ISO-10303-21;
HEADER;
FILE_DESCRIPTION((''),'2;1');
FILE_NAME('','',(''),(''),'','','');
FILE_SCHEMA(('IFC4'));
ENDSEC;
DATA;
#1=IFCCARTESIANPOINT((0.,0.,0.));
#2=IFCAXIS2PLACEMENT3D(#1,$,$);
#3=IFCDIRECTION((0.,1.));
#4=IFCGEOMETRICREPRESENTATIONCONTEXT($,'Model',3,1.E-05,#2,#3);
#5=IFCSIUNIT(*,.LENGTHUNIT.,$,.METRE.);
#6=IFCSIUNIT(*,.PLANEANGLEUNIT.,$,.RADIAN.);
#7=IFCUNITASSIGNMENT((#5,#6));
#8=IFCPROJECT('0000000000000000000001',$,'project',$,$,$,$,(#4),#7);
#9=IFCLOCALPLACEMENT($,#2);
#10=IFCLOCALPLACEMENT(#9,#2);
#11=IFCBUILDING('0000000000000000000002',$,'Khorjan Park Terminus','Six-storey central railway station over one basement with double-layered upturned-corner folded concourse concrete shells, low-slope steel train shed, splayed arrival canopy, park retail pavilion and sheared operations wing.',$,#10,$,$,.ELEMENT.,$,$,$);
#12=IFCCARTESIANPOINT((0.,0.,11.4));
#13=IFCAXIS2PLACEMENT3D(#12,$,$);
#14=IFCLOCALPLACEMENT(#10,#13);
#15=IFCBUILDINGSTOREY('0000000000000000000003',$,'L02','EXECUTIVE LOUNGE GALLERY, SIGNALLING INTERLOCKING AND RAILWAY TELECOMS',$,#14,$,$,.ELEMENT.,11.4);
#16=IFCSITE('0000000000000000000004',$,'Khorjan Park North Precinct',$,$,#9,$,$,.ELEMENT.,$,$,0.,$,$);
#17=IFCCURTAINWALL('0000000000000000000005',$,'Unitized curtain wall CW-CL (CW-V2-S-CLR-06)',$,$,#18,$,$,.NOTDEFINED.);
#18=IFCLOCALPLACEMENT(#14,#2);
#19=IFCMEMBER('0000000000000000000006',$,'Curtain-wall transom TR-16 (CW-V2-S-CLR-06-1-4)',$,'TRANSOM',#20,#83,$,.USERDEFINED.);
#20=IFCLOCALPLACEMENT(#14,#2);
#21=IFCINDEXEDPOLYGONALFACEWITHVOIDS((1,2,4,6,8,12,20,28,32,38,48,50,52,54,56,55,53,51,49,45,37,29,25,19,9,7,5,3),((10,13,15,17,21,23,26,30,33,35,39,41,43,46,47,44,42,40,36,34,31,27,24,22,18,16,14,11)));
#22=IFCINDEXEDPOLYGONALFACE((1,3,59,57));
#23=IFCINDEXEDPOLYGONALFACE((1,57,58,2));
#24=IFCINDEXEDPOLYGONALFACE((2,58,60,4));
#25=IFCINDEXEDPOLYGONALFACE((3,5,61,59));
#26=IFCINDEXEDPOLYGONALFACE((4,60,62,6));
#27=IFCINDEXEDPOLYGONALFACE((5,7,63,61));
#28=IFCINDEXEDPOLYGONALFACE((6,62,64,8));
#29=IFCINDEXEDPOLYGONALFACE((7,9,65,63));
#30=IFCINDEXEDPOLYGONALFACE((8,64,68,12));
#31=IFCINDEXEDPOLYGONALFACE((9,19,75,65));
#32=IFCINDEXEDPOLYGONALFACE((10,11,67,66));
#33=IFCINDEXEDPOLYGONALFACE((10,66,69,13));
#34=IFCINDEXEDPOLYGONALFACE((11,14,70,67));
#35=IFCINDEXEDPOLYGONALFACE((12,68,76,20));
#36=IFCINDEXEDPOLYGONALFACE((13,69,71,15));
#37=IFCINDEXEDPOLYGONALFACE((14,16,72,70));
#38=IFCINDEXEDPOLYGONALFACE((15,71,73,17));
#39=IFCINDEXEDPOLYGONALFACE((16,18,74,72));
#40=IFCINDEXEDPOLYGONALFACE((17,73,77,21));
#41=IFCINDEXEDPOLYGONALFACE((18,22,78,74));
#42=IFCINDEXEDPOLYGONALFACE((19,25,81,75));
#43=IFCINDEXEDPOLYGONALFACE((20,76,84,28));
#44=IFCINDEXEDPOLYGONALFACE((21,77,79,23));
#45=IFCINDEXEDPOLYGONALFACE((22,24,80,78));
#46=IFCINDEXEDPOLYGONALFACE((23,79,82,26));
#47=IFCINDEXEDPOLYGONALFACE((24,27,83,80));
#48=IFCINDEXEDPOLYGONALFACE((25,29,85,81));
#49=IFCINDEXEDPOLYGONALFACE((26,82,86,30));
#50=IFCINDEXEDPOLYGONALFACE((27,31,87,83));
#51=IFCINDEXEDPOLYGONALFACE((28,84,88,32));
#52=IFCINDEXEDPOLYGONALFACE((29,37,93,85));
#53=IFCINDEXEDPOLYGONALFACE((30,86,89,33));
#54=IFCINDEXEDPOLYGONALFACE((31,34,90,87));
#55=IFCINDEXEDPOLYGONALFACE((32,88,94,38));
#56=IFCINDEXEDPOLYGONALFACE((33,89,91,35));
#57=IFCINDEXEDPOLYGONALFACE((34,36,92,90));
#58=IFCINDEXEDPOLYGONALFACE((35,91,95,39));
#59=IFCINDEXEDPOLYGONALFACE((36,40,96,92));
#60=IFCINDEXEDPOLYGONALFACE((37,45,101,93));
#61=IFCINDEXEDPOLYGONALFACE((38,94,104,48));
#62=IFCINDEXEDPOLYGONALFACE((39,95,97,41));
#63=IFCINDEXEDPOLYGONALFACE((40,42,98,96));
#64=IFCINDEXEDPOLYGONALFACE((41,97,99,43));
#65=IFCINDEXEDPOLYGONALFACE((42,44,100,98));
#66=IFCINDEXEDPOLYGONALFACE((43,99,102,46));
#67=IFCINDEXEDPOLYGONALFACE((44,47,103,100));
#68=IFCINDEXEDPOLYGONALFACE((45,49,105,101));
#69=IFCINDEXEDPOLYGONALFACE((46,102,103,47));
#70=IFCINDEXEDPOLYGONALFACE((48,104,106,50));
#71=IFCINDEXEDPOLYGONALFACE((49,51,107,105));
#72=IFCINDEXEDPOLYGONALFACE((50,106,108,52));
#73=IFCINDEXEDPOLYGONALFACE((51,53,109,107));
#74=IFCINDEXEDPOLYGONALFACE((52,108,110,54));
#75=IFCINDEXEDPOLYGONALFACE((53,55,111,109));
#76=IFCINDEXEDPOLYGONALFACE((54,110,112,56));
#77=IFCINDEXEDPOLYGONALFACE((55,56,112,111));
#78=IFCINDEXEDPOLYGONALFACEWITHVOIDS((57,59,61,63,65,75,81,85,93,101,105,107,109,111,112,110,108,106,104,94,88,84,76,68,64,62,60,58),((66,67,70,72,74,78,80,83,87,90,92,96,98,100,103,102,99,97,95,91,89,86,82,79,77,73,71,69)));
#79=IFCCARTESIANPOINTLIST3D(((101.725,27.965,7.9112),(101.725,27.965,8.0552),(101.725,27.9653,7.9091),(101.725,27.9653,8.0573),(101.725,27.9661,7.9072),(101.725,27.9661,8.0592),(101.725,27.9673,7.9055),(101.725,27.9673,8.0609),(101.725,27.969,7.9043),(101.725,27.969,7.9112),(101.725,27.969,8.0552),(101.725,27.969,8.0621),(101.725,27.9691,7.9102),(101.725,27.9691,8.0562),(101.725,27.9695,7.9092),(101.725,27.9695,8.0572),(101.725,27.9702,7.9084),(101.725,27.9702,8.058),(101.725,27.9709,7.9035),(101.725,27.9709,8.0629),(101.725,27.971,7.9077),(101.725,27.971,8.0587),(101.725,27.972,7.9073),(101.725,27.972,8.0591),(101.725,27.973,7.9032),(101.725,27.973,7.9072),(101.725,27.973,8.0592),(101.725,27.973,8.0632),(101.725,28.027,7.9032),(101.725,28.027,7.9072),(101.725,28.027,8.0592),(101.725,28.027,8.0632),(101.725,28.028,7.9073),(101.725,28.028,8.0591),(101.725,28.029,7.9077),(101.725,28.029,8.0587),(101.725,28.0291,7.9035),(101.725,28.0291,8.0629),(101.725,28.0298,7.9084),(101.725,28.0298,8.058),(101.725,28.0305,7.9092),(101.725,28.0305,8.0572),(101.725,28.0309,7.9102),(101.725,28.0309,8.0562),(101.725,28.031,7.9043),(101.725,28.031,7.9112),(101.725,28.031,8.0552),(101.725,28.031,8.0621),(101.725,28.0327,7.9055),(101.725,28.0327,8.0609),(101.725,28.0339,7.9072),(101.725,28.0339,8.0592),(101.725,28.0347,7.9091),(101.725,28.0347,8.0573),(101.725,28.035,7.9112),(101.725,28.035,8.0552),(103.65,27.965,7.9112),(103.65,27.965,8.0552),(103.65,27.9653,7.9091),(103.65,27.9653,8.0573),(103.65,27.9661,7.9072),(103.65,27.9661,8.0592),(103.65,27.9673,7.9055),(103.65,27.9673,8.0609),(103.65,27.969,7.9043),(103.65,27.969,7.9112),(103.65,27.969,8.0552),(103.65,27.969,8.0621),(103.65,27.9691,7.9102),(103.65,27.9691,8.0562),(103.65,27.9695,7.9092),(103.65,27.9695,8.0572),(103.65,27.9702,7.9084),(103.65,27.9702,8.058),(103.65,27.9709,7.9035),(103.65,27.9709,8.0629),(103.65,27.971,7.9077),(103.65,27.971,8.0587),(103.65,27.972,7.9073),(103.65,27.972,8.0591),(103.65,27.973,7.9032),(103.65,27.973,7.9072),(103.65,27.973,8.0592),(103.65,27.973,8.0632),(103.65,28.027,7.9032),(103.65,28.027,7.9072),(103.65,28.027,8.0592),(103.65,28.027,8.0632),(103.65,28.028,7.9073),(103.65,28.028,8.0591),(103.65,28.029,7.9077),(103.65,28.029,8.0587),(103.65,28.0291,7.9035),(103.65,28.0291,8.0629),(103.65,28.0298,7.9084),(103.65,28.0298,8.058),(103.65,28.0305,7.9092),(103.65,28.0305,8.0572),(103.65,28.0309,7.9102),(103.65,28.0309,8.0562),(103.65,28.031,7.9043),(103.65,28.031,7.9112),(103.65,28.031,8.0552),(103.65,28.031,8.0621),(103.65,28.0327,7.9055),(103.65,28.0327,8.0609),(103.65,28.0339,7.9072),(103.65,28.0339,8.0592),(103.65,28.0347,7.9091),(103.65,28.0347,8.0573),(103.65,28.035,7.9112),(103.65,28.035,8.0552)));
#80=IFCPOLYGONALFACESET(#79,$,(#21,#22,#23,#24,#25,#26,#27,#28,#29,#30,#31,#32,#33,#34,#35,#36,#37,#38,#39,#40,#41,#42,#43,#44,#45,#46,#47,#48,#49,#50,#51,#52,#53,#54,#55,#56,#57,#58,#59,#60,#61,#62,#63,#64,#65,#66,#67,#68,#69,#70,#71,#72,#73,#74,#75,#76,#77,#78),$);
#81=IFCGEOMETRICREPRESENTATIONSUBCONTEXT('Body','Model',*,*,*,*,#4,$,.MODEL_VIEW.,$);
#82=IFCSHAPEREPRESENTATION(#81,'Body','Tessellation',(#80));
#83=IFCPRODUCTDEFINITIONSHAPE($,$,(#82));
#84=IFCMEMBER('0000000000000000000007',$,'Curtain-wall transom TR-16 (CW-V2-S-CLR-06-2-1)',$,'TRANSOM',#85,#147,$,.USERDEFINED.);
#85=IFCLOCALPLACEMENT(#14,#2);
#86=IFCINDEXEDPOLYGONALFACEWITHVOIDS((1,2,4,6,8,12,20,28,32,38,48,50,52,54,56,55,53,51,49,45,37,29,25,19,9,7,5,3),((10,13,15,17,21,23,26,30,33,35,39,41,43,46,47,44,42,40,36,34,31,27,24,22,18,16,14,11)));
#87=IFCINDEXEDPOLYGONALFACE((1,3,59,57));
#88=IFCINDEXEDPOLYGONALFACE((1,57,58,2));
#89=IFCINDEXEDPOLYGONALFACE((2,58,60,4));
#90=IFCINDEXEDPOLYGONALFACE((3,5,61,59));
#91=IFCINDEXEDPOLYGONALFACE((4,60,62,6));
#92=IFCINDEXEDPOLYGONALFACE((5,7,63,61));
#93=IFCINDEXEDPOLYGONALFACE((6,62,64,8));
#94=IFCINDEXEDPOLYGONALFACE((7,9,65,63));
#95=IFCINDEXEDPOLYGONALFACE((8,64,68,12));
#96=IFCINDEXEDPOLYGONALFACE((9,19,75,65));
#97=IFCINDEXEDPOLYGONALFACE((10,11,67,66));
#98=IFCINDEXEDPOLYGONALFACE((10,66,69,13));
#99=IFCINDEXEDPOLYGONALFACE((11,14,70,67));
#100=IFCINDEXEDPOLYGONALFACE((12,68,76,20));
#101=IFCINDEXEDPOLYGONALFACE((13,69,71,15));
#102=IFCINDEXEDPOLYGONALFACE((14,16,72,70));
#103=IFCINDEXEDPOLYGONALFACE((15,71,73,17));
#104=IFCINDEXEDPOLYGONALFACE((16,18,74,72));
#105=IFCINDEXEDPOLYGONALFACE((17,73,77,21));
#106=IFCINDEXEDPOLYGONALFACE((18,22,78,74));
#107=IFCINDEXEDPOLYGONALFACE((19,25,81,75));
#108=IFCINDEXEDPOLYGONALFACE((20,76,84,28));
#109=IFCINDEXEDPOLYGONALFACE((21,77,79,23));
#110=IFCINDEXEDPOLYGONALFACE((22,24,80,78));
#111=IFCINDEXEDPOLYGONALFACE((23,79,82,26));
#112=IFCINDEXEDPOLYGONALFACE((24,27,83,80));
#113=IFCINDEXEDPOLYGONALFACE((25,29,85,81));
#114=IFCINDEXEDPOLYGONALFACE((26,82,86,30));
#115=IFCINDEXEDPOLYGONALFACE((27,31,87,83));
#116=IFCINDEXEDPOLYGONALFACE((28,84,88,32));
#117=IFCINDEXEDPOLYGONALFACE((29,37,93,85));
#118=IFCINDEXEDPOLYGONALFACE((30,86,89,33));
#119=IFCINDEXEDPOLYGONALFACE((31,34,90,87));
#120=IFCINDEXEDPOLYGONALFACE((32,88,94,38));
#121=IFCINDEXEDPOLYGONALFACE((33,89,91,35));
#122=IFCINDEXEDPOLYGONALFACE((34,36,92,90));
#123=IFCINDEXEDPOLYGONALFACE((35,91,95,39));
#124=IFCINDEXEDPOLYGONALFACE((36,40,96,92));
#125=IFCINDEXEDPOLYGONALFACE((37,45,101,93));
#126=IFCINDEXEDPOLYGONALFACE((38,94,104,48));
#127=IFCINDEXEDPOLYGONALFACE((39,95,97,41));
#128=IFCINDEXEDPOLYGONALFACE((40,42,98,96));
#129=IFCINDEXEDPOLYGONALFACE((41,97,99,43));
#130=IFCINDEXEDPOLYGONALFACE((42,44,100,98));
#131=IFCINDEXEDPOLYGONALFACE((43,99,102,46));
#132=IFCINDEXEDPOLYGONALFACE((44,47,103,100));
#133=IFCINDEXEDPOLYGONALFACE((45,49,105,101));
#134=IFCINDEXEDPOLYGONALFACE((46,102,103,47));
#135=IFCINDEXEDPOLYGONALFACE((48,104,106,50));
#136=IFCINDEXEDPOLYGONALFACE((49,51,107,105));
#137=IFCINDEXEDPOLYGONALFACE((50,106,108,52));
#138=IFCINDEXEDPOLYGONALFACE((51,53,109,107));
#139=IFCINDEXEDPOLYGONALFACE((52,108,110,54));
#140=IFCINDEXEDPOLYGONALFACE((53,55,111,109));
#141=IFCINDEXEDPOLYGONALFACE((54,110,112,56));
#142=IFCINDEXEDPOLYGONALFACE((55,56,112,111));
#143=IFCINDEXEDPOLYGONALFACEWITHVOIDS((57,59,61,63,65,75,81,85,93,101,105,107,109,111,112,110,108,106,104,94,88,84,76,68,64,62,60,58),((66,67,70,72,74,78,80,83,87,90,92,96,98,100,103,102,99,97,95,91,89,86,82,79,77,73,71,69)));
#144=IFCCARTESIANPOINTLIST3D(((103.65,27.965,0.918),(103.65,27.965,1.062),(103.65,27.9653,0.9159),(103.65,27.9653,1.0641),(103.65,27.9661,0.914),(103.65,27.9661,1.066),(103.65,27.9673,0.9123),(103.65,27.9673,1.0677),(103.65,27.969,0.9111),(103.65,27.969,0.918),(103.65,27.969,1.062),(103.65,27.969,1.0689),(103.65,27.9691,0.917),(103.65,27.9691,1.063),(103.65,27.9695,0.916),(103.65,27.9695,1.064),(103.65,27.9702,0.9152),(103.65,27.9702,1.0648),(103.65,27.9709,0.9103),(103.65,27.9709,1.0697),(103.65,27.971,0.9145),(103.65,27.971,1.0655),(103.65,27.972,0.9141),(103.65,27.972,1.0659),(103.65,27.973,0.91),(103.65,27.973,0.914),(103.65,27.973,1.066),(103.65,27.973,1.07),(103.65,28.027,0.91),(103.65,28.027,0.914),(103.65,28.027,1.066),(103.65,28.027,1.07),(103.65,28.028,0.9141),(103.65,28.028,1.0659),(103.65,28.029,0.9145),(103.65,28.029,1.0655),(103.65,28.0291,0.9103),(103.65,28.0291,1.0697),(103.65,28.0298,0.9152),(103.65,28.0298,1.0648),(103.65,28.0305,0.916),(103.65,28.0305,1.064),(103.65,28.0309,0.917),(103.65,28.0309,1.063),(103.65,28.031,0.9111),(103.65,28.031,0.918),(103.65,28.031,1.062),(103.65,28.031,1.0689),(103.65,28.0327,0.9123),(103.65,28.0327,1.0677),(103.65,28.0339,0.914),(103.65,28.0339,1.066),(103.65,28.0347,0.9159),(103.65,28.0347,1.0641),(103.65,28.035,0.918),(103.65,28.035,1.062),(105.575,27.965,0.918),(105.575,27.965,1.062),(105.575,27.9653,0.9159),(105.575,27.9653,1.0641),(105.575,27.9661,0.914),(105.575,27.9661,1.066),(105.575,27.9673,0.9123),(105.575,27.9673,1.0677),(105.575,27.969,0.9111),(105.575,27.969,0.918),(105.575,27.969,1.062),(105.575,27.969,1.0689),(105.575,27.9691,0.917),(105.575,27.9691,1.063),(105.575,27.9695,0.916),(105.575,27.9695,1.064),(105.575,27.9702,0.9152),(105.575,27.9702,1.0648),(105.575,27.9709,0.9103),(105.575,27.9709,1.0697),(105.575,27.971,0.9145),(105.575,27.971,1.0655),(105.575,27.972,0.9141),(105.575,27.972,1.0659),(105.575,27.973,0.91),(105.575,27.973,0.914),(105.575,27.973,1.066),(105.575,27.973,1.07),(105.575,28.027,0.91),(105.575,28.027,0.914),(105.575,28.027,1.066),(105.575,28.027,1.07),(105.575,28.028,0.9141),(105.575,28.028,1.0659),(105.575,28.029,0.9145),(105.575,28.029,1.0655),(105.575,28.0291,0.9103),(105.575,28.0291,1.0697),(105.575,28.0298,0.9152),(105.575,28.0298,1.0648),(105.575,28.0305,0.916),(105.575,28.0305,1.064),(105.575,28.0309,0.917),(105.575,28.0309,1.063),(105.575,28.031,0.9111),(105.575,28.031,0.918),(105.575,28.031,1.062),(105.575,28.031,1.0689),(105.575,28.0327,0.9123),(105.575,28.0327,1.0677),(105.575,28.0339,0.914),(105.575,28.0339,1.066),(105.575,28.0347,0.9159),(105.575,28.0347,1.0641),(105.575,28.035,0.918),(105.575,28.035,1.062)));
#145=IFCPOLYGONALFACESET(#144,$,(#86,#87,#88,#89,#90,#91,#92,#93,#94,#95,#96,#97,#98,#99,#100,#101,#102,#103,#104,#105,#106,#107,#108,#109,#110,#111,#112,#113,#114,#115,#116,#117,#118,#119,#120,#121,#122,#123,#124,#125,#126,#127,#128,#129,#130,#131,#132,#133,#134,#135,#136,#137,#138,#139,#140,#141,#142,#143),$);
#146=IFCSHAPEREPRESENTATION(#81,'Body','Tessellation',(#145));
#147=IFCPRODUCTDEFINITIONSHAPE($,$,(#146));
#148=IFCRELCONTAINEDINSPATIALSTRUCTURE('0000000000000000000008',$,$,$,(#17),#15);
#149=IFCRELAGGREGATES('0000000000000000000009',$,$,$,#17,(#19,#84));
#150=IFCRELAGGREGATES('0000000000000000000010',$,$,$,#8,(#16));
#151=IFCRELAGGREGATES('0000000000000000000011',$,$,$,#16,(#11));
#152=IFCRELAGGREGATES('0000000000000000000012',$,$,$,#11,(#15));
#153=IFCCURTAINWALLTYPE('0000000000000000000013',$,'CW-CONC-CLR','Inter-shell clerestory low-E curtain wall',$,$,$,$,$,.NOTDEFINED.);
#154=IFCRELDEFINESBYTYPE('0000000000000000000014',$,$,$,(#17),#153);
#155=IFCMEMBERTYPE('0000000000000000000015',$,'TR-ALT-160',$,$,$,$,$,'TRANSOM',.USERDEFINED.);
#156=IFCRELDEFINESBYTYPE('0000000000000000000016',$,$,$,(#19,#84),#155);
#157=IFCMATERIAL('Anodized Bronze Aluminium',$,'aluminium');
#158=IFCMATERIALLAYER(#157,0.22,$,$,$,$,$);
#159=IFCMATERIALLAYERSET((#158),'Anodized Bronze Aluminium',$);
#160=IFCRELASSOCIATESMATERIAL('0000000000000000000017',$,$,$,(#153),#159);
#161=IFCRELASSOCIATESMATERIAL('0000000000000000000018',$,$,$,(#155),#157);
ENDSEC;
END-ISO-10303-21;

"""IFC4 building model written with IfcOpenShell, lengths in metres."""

from ifc_helpers import new_model, si_unit, direction, frame, origin, origin_2d, place, context, subcontext, project, spatial, hollow_rectangle, extrude, material, layer, layer_set, material_profile, profile_set, type_object, element, aggregate, save


model = new_model("IFC4")

# Units and contexts
model_context = context("Model", 3, precision=1e-05, world=origin(), true_north=direction((0.0, 1.0)))
body_context = subcontext(model_context, "Body", "Model", "MODEL_VIEW")
ifc_project = project(units=[si_unit("LENGTHUNIT", "METRE"), si_unit("PLANEANGLEUNIT", "RADIAN")], contexts=[model_context])

# Site, building, storey
site_placement = place(None, origin())
site = spatial("IfcSite", under=ifc_project, at=site_placement, Name="Khorjan Park North Precinct", CompositionType="ELEMENT", RefElevation=0.0)
building_placement = place(site_placement, origin())
building = spatial("IfcBuilding", under=site, at=building_placement, Name="Khorjan Park Terminus", Description="Six-storey central railway station over one basement with double-layered upturned-corner folded concourse concrete shells, low-slope steel train shed, splayed arrival canopy, park retail pavilion and sheared operations wing.", CompositionType="ELEMENT")
storey_placement = place(building_placement, frame((0.0, 0.0, 11.4)))
storey = spatial("IfcBuildingStorey", under=building, at=storey_placement, Name="L02", Description="EXECUTIVE LOUNGE GALLERY, SIGNALLING INTERLOCKING AND RAILWAY TELECOMS", CompositionType="ELEMENT", Elevation=11.4)

# Curtain wall
ifc_material_1 = material(Name="Anodized Bronze Aluminium", Category="aluminium")
ifc_layer_1 = layer(ifc_material_1, 0.22)
ifc_layer_set_1 = layer_set([ifc_layer_1], Name="Anodized Bronze Aluminium")
curtain_wall_type = type_object("IfcCurtainWallType", Name="CW-CONC-CLR", Description="Inter-shell clerestory low-E curtain wall", PredefinedType="NOTDEFINED", material=ifc_layer_set_1)
curtain_wall_1_placement = place(storey_placement, origin())
curtain_wall_1 = element("IfcCurtainWall", 1, at=curtain_wall_1_placement, inside=storey, type_object=curtain_wall_type, Name="Unitized curtain wall CW-CL (CW-V2-S-CLR-06)", PredefinedType="NOTDEFINED")

# Members
ifc_material_profile_1 = material_profile(ifc_material_1, hollow_rectangle(XDim=0.07, YDim=0.16, WallThickness=0.004, InnerFilletRadius=0.004, OuterFilletRadius=0.008, at=origin_2d()), Name="ALT 70x160x4")
ifc_profile_set_1 = profile_set([ifc_material_profile_1], Name="Anodized Bronze Aluminium")
member_type_1 = type_object("IfcMemberType", Name="TR-ALT-160", ElementType="TRANSOM", PredefinedType="USERDEFINED", material=ifc_profile_set_1)
member_1_placement = place(storey_placement, frame((101.725, 28.0, 7.9832), z_axis=(1.0, 0.0, 0.0), x_axis=(0.0, 1.0, 0.0)))
member_1 = element("IfcMember", 2, at=member_1_placement, type_object=member_type_1, Name="Curtain-wall transom TR-16 (CW-V2-S-CLR-06-1-4)", ObjectType="TRANSOM", PredefinedType="USERDEFINED", context=body_context, shape_type="SweptSolid", body=[
    extrude(hollow_rectangle(XDim=0.07, YDim=0.16, WallThickness=0.004, InnerFilletRadius=0.004, OuterFilletRadius=0.008, at=origin_2d()), origin(), (0.0, 0.0, 1.0), 1.925),
])
member_2_placement = place(storey_placement, frame((103.65, 28.0, 0.99), z_axis=(1.0, 0.0, 0.0), x_axis=(0.0, 1.0, 0.0)))
member_2 = element("IfcMember", 3, at=member_2_placement, type_object=member_type_1, Name="Curtain-wall transom TR-16 (CW-V2-S-CLR-06-2-1)", ObjectType="TRANSOM", PredefinedType="USERDEFINED", context=body_context, shape_type="SweptSolid", body=[
    extrude(hollow_rectangle(XDim=0.07, YDim=0.16, WallThickness=0.004, InnerFilletRadius=0.004, OuterFilletRadius=0.008, at=origin_2d()), origin(), (0.0, 0.0, 1.0), 1.925),
])

aggregate(curtain_wall_1, [member_1, member_2])

save(model, "model.ifc")
